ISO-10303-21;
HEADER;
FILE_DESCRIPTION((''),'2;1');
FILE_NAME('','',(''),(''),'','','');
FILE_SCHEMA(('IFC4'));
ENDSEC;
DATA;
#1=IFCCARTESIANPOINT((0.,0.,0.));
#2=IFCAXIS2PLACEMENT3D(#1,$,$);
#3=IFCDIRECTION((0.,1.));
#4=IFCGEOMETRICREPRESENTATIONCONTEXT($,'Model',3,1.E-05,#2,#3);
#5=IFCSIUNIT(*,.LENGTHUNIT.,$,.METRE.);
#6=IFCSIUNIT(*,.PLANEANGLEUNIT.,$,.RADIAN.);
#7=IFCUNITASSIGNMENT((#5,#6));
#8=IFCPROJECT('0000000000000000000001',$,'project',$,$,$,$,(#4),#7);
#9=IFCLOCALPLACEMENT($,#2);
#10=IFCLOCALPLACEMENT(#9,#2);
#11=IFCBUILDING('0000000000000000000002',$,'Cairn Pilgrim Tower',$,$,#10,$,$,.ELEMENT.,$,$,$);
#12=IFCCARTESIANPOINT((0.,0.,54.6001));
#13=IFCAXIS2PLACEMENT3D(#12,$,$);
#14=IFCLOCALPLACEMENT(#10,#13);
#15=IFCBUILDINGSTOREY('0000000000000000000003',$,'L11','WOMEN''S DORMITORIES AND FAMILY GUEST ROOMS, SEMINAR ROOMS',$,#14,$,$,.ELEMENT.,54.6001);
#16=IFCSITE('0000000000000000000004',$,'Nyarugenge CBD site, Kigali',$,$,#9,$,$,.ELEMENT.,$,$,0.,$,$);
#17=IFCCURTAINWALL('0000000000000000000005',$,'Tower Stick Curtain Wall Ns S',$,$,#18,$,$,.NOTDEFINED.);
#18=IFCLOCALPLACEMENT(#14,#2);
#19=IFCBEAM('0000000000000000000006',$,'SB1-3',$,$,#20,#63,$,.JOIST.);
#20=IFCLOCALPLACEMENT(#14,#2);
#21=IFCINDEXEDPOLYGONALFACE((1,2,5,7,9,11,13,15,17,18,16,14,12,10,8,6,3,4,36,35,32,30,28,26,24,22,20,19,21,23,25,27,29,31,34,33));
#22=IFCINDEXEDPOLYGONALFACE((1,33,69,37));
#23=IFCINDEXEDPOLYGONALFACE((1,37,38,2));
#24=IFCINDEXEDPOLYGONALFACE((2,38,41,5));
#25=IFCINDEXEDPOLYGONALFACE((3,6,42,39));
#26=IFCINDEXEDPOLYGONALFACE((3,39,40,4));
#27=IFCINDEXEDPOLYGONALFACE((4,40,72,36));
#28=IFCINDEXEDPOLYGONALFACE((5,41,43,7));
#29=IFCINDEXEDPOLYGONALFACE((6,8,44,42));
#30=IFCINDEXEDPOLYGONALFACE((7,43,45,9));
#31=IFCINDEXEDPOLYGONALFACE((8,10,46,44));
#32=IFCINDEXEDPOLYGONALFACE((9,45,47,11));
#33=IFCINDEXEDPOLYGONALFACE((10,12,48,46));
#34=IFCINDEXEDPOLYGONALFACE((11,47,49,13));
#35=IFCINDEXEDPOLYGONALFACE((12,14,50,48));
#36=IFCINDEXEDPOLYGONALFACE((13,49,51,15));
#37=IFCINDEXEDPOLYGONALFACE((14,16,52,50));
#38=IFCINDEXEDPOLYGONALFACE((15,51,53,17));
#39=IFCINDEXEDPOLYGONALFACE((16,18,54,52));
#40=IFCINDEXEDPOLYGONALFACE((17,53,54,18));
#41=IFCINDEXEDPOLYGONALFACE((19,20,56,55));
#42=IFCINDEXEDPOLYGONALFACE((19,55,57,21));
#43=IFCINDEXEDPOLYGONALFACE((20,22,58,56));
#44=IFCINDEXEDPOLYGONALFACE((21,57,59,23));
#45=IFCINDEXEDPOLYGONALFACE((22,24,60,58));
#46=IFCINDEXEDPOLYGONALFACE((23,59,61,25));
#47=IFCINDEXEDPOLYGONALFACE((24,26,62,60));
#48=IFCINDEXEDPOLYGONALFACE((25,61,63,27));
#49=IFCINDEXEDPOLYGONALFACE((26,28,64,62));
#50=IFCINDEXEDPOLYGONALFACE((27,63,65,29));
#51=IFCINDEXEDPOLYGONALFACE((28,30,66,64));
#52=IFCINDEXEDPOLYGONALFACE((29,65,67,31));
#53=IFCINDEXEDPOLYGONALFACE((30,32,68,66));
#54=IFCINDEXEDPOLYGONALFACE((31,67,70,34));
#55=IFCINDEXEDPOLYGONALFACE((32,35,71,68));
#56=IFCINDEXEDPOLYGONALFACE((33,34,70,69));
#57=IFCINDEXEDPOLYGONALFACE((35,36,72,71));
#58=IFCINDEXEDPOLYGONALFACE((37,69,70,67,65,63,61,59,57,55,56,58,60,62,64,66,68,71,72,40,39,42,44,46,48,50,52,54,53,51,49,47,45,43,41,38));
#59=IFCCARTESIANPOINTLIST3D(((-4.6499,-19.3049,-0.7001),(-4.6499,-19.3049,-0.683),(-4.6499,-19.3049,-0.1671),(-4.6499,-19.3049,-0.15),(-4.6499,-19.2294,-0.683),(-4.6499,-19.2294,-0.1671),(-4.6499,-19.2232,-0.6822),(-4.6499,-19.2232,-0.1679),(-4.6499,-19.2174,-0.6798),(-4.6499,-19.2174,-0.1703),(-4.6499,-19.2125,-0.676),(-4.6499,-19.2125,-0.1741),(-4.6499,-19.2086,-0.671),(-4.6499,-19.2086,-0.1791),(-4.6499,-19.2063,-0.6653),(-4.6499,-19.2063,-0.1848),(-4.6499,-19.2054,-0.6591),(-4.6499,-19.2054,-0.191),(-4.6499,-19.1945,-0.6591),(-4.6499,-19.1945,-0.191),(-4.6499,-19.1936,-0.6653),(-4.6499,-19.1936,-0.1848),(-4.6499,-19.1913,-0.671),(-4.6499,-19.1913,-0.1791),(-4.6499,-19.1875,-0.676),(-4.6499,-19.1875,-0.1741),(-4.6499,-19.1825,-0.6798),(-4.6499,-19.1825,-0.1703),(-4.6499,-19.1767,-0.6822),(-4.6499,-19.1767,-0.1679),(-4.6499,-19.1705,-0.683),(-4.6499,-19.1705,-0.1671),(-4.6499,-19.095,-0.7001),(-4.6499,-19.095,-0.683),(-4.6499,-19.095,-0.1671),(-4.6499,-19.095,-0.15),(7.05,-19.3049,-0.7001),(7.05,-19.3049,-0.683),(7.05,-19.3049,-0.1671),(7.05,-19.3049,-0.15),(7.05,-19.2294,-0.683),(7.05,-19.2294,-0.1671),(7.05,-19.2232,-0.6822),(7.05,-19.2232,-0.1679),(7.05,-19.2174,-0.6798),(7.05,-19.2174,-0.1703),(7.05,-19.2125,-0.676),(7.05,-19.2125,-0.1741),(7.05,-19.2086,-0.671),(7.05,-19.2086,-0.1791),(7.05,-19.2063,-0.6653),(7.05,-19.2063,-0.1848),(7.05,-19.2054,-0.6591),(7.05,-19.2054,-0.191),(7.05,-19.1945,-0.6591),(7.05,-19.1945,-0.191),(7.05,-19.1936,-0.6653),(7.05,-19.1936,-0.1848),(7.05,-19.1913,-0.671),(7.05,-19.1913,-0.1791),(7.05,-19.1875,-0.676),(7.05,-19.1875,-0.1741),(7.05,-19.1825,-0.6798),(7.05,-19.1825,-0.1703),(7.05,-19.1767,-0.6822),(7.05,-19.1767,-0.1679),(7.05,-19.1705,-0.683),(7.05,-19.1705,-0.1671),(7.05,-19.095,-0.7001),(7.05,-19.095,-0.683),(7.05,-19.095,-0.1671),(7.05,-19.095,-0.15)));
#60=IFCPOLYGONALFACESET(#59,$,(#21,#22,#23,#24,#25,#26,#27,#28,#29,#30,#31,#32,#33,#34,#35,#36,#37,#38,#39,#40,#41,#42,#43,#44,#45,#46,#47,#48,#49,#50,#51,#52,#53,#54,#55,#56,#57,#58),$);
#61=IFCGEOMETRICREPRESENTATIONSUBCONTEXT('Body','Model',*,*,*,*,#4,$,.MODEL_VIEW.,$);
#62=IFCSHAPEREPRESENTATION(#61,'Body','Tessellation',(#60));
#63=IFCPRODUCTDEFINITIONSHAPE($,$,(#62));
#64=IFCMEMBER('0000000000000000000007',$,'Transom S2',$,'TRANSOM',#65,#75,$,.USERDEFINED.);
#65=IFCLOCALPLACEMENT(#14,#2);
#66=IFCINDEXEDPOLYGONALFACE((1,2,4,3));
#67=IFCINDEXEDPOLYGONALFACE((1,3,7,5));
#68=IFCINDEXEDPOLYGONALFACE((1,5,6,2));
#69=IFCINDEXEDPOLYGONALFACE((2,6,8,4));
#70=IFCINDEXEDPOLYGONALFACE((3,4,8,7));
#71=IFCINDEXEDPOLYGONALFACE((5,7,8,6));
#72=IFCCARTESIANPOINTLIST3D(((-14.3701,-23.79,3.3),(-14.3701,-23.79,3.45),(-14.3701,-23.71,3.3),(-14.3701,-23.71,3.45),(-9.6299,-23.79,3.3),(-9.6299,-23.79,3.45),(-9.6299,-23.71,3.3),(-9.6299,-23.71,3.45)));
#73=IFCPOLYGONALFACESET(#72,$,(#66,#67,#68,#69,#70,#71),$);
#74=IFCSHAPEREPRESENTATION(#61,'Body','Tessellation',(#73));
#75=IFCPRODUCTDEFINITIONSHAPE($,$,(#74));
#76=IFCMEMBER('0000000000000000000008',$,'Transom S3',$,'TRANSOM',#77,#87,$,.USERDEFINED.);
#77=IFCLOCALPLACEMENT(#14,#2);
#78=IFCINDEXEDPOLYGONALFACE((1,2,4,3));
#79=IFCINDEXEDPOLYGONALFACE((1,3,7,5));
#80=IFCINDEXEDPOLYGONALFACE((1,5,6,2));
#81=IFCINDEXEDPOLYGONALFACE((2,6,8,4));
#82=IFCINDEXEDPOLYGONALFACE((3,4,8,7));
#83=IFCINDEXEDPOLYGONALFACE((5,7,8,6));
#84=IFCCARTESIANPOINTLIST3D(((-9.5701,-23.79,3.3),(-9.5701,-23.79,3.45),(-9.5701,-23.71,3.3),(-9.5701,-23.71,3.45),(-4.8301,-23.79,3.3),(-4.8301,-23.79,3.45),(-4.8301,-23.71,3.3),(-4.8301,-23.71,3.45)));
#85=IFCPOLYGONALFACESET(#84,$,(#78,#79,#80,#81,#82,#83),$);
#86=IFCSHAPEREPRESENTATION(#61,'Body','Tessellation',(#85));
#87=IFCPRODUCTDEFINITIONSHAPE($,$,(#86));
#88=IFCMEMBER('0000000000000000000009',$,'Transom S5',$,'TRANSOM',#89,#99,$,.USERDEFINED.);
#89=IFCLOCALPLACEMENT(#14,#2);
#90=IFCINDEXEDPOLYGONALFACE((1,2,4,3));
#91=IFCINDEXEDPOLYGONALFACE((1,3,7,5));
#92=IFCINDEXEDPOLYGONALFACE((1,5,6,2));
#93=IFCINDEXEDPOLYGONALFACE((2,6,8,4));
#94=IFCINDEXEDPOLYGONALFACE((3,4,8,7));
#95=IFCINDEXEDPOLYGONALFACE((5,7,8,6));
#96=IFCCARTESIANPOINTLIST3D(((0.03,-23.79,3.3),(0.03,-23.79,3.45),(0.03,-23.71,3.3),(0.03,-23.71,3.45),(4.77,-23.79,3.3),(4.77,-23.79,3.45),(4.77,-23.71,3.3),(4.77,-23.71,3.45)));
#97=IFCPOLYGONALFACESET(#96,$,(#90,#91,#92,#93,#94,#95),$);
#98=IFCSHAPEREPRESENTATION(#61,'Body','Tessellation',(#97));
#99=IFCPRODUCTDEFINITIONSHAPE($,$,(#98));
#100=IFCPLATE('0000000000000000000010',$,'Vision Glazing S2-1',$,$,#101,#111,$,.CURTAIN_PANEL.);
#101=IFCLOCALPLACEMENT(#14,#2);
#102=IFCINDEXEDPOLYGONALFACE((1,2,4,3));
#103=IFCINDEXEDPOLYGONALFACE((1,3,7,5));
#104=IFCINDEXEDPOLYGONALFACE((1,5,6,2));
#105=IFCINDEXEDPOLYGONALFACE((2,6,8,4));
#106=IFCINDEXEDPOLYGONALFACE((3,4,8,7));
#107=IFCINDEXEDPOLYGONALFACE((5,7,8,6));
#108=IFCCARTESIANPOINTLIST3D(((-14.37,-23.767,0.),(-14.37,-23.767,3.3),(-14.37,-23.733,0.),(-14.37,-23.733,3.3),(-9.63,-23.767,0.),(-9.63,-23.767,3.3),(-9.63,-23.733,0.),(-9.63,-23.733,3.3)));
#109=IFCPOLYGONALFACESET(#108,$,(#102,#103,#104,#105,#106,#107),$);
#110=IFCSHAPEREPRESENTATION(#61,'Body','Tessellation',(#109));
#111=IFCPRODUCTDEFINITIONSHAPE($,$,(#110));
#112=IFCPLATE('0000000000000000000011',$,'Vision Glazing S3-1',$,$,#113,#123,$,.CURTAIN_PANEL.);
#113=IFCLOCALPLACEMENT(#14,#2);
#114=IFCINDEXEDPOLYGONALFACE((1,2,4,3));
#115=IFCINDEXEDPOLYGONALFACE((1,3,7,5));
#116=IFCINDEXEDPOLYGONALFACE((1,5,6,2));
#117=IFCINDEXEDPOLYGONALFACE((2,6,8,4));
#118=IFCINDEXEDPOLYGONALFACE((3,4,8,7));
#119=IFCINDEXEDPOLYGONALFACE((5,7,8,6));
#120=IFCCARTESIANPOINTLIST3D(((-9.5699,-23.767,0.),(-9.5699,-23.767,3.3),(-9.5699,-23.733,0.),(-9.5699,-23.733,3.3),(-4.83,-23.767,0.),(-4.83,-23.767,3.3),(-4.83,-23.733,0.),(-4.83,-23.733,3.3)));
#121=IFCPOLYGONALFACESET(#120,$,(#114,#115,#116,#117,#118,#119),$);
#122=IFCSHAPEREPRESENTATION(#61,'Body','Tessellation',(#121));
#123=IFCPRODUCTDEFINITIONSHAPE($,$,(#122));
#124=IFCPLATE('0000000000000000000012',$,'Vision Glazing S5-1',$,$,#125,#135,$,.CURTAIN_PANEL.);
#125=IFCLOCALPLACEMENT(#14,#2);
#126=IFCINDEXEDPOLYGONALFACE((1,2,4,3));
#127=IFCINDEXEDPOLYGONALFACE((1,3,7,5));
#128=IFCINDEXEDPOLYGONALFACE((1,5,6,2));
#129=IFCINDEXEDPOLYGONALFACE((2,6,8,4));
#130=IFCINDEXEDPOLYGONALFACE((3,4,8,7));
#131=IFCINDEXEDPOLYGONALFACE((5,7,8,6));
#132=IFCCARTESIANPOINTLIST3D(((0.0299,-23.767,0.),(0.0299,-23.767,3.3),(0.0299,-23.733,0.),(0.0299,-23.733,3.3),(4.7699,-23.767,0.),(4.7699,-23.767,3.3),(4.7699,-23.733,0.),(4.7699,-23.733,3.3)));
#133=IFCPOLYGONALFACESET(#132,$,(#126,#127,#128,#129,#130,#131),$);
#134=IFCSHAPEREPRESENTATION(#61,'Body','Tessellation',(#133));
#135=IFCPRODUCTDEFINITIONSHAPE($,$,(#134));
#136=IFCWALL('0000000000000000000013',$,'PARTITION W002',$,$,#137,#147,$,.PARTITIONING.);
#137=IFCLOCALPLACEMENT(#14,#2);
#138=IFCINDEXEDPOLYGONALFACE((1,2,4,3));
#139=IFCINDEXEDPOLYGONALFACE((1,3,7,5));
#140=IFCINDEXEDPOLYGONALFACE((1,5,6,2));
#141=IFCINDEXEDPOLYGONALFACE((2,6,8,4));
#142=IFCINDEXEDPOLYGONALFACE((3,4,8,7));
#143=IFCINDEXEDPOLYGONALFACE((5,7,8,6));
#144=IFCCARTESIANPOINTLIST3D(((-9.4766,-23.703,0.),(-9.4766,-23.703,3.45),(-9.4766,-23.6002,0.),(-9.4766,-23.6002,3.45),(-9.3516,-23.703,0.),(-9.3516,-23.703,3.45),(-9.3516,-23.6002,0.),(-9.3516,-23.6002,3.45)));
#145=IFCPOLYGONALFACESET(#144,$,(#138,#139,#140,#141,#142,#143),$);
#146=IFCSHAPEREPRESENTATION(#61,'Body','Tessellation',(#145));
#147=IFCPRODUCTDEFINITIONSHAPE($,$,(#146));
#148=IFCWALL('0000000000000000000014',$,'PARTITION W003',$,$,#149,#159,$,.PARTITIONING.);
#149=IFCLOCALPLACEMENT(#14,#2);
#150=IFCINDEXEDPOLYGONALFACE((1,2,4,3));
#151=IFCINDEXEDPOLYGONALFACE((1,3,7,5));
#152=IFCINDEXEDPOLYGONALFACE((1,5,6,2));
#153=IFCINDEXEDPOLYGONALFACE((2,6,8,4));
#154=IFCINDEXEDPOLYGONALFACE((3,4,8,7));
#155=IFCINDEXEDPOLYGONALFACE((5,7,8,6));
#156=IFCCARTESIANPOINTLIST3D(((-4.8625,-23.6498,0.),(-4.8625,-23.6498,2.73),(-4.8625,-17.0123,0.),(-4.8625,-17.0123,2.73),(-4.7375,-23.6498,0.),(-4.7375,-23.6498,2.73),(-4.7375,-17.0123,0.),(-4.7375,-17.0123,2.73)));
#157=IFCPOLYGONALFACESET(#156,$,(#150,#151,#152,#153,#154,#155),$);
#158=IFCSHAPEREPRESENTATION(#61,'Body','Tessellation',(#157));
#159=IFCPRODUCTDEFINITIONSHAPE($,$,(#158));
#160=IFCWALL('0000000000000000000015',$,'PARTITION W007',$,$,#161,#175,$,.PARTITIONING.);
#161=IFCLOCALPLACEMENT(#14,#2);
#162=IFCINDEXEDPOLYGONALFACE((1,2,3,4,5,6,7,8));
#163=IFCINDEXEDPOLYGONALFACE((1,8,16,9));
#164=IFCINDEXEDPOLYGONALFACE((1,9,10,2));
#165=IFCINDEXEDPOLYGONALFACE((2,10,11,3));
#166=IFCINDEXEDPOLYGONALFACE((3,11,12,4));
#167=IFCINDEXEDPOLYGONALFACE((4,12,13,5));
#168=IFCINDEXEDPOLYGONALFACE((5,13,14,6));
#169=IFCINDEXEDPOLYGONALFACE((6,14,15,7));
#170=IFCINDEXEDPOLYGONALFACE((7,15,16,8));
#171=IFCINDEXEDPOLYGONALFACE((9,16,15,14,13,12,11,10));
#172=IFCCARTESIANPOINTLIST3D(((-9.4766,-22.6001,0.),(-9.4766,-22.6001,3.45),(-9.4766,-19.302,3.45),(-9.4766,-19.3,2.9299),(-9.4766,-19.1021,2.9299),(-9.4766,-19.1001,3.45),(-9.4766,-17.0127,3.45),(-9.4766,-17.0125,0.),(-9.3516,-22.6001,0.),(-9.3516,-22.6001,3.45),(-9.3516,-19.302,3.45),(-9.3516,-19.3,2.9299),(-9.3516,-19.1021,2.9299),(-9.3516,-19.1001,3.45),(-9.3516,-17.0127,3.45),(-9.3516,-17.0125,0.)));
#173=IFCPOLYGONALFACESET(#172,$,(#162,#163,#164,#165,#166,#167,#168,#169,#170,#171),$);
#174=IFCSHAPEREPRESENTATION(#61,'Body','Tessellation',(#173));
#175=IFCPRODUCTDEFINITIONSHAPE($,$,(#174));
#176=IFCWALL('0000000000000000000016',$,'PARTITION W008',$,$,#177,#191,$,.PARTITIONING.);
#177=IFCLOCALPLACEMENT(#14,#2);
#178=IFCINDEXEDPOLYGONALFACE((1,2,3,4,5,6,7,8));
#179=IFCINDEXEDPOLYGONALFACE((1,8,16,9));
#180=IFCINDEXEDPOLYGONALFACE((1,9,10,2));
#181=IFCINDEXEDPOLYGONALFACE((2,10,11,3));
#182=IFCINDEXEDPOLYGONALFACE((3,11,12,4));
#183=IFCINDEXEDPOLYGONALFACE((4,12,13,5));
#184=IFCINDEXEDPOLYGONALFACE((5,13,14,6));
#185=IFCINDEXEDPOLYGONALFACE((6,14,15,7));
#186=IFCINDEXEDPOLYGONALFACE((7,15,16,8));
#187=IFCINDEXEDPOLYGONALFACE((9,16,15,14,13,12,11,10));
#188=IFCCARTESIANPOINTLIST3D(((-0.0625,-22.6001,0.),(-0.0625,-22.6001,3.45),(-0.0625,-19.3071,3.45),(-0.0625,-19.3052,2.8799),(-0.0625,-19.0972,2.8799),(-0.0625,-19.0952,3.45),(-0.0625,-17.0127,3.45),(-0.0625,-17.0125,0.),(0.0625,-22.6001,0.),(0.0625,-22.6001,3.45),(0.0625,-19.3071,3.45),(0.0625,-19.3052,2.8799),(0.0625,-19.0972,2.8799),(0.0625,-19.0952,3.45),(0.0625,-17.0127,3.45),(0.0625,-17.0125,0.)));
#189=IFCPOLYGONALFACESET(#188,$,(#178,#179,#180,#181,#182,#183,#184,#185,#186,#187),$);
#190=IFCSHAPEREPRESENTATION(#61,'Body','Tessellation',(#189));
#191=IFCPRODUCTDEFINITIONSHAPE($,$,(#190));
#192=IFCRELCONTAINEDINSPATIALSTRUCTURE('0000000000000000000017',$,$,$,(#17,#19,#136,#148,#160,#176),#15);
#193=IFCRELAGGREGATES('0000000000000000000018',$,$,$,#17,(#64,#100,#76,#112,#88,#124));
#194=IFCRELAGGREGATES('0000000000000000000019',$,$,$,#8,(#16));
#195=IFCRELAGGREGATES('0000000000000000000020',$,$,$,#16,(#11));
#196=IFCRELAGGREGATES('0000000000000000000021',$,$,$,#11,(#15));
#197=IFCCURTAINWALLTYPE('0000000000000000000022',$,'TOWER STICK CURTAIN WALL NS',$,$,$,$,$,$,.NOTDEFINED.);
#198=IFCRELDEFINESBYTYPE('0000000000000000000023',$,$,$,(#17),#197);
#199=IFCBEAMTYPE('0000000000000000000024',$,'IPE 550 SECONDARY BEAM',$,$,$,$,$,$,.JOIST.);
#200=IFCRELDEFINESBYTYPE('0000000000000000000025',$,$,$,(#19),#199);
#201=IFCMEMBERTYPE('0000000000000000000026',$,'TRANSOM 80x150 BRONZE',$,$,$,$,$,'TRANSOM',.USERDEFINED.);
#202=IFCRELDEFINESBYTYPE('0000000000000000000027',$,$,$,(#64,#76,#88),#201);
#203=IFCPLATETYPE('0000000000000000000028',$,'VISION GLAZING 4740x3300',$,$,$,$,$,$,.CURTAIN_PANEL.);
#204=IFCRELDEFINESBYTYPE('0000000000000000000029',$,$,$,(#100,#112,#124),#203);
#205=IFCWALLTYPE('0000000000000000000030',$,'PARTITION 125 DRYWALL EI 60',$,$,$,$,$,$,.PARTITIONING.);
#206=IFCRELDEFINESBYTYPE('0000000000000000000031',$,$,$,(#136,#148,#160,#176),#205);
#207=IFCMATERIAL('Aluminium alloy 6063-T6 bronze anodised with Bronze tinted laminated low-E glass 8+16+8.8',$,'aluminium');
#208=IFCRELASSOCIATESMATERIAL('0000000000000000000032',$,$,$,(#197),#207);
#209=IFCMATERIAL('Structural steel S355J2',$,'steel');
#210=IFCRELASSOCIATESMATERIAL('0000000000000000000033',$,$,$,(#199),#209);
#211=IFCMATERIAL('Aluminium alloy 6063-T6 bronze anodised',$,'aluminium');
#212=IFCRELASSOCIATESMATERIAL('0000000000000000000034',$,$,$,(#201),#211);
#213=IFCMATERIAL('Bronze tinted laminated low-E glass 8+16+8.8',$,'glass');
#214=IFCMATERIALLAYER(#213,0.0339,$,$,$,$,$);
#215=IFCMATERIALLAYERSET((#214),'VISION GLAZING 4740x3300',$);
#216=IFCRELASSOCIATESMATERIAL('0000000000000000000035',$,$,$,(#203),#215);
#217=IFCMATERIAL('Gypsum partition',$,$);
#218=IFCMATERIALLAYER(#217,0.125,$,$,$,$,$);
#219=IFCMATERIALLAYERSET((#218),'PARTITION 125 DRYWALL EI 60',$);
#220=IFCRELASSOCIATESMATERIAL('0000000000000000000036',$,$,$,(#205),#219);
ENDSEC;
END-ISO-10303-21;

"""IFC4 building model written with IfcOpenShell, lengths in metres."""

from ifc_helpers import new_model, si_unit, direction, frame, frame_2d, origin, origin_2d, place, context, subcontext, project, spatial, polyline, rectangle, i_section, outline, extrude, material, layer, layer_set, material_profile, profile_set, type_object, element, aggregate, save


model = new_model("IFC4")

# Units and contexts
model_context = context("Model", 3, precision=1e-05, world=origin(), true_north=direction((0.0, 1.0)))
body_context = subcontext(model_context, "Body", "Model", "MODEL_VIEW")
ifc_project = project(units=[si_unit("LENGTHUNIT", "METRE"), si_unit("PLANEANGLEUNIT", "RADIAN")], contexts=[model_context])

# Site, building, storey
site_placement = place(None, origin())
site = spatial("IfcSite", under=ifc_project, at=site_placement, Name="Nyarugenge CBD site, Kigali", CompositionType="ELEMENT", RefElevation=0.0)
building_placement = place(site_placement, origin())
building = spatial("IfcBuilding", under=site, at=building_placement, Name="Cairn Pilgrim Tower", CompositionType="ELEMENT")
storey_placement = place(building_placement, frame((0.0, 0.0, 54.6001)))
storey = spatial("IfcBuildingStorey", under=building, at=storey_placement, Name="L11", Description="WOMEN'S DORMITORIES AND FAMILY GUEST ROOMS, SEMINAR ROOMS", CompositionType="ELEMENT", Elevation=54.6001)

# Curtain wall
ifc_material_1 = material(Name="Aluminium alloy 6063-T6 bronze anodised with Bronze tinted laminated low-E glass 8+16+8.8", Category="aluminium")
curtain_wall_type = type_object("IfcCurtainWallType", Name="TOWER STICK CURTAIN WALL NS", PredefinedType="NOTDEFINED", material=ifc_material_1)
curtain_wall_placement = place(storey_placement, origin())
curtain_wall = element("IfcCurtainWall", 1, at=curtain_wall_placement, inside=storey, type_object=curtain_wall_type, Name="Tower Stick Curtain Wall Ns S", PredefinedType="NOTDEFINED")
ifc_material_2 = material(Name="Aluminium alloy 6063-T6 bronze anodised", Category="aluminium")

# Beam
ifc_material_3 = material(Name="Structural steel S355J2", Category="steel")
ifc_material_profile_1 = material_profile(ifc_material_3, i_section(OverallWidth=0.21, OverallDepth=0.55, WebThickness=0.011, FlangeThickness=0.0171, FilletRadius=0.0239, at=origin_2d()), Name="IPE 550")
ifc_profile_set_1 = profile_set([ifc_material_profile_1], Name="Structural steel S355J2")
beam_type_1 = type_object("IfcBeamType", Name="IPE 550 SECONDARY BEAM", PredefinedType="JOIST", material=ifc_profile_set_1)
beam_1_placement = place(storey_placement, frame((-4.6499, -19.2, -0.425), z_axis=(1.0, 0.0, 0.0), x_axis=(0.0, 1.0, 0.0)))
element("IfcBeam", 2, at=beam_1_placement, inside=storey, type_object=beam_type_1, Name="SB1-3", PredefinedType="JOIST", context=body_context, shape_type="SweptSolid", body=[
    extrude(i_section(OverallWidth=0.21, OverallDepth=0.55, WebThickness=0.011, FlangeThickness=0.0171, FilletRadius=0.0239, at=origin_2d()), origin(), (0.0, 0.0, 1.0), 11.7),
])

# Members
ifc_material_profile_2 = material_profile(ifc_material_2, rectangle(XDim=0.0801, YDim=0.1499, at=origin_2d()), Name="TRANSOM 80x150 BRONZE")
ifc_profile_set_2 = profile_set([ifc_material_profile_2], Name="Aluminium alloy 6063-T6 bronze anodised")
member_type_1 = type_object("IfcMemberType", Name="TRANSOM 80x150 BRONZE", ElementType="TRANSOM", PredefinedType="USERDEFINED", material=ifc_profile_set_2)
member_1_placement = place(storey_placement, frame((-14.3701, -23.75, 3.375), z_axis=(1.0, 0.0, 0.0), x_axis=(0.0, 1.0, 0.0)))
member_1 = element("IfcMember", 3, at=member_1_placement, type_object=member_type_1, Name="Transom S2", ObjectType="TRANSOM", PredefinedType="USERDEFINED", context=body_context, shape_type="SweptSolid", body=[
    extrude(rectangle(XDim=0.0801, YDim=0.1499, at=origin_2d()), origin(), (0.0, 0.0, 1.0), 4.7402),
])
member_2_placement = place(storey_placement, frame((-9.5701, -23.75, 3.375), z_axis=(1.0, 0.0, 0.0), x_axis=(0.0, 1.0, 0.0)))
member_2 = element("IfcMember", 4, at=member_2_placement, type_object=member_type_1, Name="Transom S3", ObjectType="TRANSOM", PredefinedType="USERDEFINED", context=body_context, shape_type="SweptSolid", body=[
    extrude(rectangle(XDim=0.0801, YDim=0.1499, at=origin_2d()), origin(), (0.0, 0.0, 1.0), 4.74),
])
member_3_placement = place(storey_placement, frame((0.03, -23.75, 3.375), z_axis=(1.0, 0.0, 0.0), x_axis=(0.0, 1.0, 0.0)))
member_3 = element("IfcMember", 5, at=member_3_placement, type_object=member_type_1, Name="Transom S5", ObjectType="TRANSOM", PredefinedType="USERDEFINED", context=body_context, shape_type="SweptSolid", body=[
    extrude(rectangle(XDim=0.0801, YDim=0.1499, at=origin_2d()), origin(), (0.0, 0.0, 1.0), 4.74),
])

# Plates
ifc_material_4 = material(Name="Bronze tinted laminated low-E glass 8+16+8.8", Category="glass")
ifc_layer_1 = layer(ifc_material_4, 0.0339)
ifc_layer_set_1 = layer_set([ifc_layer_1], Name="VISION GLAZING 4740x3300")
plate_type = type_object("IfcPlateType", Name="VISION GLAZING 4740x3300", PredefinedType="CURTAIN_PANEL", material=ifc_layer_set_1)
plate_1_placement = place(storey_placement, frame((-12.0, -23.75, 0.0), z_axis=(0.0, 0.0, 1.0), x_axis=(1.0, 0.0, 0.0)))
plate_1 = element("IfcPlate", 6, at=plate_1_placement, type_object=plate_type, Name="Vision Glazing S2-1", PredefinedType="CURTAIN_PANEL", context=body_context, shape_type="SweptSolid", body=[
    extrude(rectangle(XDim=4.74, YDim=0.0339, at=origin_2d()), origin(), (0.0, 0.0, 1.0), 3.3),
])
plate_2_placement = place(storey_placement, frame((-7.2, -23.75, 0.0), z_axis=(0.0, 0.0, 1.0), x_axis=(1.0, 0.0, 0.0)))
plate_2 = element("IfcPlate", 7, at=plate_2_placement, type_object=plate_type, Name="Vision Glazing S3-1", PredefinedType="CURTAIN_PANEL", context=body_context, shape_type="SweptSolid", body=[
    extrude(rectangle(XDim=4.74, YDim=0.0339, at=origin_2d()), origin(), (0.0, 0.0, 1.0), 3.3),
])
plate_3_placement = place(storey_placement, frame((2.3999, -23.75, 0.0), z_axis=(0.0, 0.0, 1.0), x_axis=(1.0, 0.0, 0.0)))
plate_3 = element("IfcPlate", 8, at=plate_3_placement, type_object=plate_type, Name="Vision Glazing S5-1", PredefinedType="CURTAIN_PANEL", context=body_context, shape_type="SweptSolid", body=[
    extrude(rectangle(XDim=4.74, YDim=0.0339, at=origin_2d()), origin(), (0.0, 0.0, 1.0), 3.3),
])
aggregate(curtain_wall, [member_1, plate_1, member_2, plate_2, member_3, plate_3])

# Walls
ifc_material_5 = material(Name="Gypsum partition")
ifc_layer_2 = layer(ifc_material_5, 0.125)
ifc_layer_set_2 = layer_set([ifc_layer_2], Name="PARTITION 125 DRYWALL EI 60")
wall_type_1 = type_object("IfcWallType", Name="PARTITION 125 DRYWALL EI 60", PredefinedType="PARTITIONING", material=ifc_layer_set_2)
wall_1_placement = place(storey_placement, frame((-9.4141, -23.7029, 0.0), z_axis=(0.0, 0.0, 1.0), x_axis=(0.0, 1.0, 0.0)))
element("IfcWall", 9, at=wall_1_placement, inside=storey, type_object=wall_type_1, Name="PARTITION W002", PredefinedType="PARTITIONING", context=body_context, shape_type="SweptSolid", body=[
    extrude(rectangle(XDim=0.1028, YDim=0.125, at=frame_2d((0.0513, 0.0))), origin(), (0.0, 0.0, 1.0), 3.45),
])
wall_2_placement = place(storey_placement, frame((-4.8, -23.6499, 0.0), z_axis=(0.0, 0.0, 1.0), x_axis=(0.0, 1.0, 0.0)))
element("IfcWall", 10, at=wall_2_placement, inside=storey, type_object=wall_type_1, Name="PARTITION W003", PredefinedType="PARTITIONING", context=body_context, shape_type="SweptSolid", body=[
    extrude(rectangle(XDim=6.6375, YDim=0.125, at=frame_2d((3.3188, 0.0))), origin(), (0.0, 0.0, 1.0), 2.73),
])
wall_3_placement = place(storey_placement, frame((-9.4141, -22.6001, 0.0), z_axis=(0.0, 0.0, 1.0), x_axis=(0.0, 1.0, 0.0)))
element("IfcWall", 11, at=wall_3_placement, inside=storey, type_object=wall_type_1, Name="PARTITION W007", PredefinedType="PARTITIONING", context=body_context, shape_type="SweptSolid", body=[
    extrude(outline(polyline([(0.0, 0.0), (5.5876, 0.0), (5.5874, 3.45), (3.5, 3.45), (3.498, 2.9299), (3.3, 2.9299), (3.2981, 3.45), (0.0, 3.45), (0.0, 0.0)])), frame((0.0, 0.0625, 0.0), z_axis=(0.0, -1.0, 0.0), x_axis=(1.0, 0.0, 0.0)), (0.0, 0.0, 1.0), 0.125),
])
wall_4_placement = place(storey_placement, frame((0.0, -22.6001, 0.0), z_axis=(0.0, 0.0, 1.0), x_axis=(0.0, 1.0, 0.0)))
element("IfcWall", 12, at=wall_4_placement, inside=storey, type_object=wall_type_1, Name="PARTITION W008", PredefinedType="PARTITIONING", context=body_context, shape_type="SweptSolid", body=[
    extrude(outline(polyline([(0.0, 0.0), (5.5876, 0.0), (5.5874, 3.45), (3.5049, 3.45), (3.5029, 2.8799), (3.2949, 2.8799), (3.293, 3.45), (0.0, 3.45), (0.0, 0.0)])), frame((0.0, 0.0625, 0.0), z_axis=(0.0, -1.0, 0.0), x_axis=(1.0, 0.0, 0.0)), (0.0, 0.0, 1.0), 0.125),
])

save(model, "model.ifc")
